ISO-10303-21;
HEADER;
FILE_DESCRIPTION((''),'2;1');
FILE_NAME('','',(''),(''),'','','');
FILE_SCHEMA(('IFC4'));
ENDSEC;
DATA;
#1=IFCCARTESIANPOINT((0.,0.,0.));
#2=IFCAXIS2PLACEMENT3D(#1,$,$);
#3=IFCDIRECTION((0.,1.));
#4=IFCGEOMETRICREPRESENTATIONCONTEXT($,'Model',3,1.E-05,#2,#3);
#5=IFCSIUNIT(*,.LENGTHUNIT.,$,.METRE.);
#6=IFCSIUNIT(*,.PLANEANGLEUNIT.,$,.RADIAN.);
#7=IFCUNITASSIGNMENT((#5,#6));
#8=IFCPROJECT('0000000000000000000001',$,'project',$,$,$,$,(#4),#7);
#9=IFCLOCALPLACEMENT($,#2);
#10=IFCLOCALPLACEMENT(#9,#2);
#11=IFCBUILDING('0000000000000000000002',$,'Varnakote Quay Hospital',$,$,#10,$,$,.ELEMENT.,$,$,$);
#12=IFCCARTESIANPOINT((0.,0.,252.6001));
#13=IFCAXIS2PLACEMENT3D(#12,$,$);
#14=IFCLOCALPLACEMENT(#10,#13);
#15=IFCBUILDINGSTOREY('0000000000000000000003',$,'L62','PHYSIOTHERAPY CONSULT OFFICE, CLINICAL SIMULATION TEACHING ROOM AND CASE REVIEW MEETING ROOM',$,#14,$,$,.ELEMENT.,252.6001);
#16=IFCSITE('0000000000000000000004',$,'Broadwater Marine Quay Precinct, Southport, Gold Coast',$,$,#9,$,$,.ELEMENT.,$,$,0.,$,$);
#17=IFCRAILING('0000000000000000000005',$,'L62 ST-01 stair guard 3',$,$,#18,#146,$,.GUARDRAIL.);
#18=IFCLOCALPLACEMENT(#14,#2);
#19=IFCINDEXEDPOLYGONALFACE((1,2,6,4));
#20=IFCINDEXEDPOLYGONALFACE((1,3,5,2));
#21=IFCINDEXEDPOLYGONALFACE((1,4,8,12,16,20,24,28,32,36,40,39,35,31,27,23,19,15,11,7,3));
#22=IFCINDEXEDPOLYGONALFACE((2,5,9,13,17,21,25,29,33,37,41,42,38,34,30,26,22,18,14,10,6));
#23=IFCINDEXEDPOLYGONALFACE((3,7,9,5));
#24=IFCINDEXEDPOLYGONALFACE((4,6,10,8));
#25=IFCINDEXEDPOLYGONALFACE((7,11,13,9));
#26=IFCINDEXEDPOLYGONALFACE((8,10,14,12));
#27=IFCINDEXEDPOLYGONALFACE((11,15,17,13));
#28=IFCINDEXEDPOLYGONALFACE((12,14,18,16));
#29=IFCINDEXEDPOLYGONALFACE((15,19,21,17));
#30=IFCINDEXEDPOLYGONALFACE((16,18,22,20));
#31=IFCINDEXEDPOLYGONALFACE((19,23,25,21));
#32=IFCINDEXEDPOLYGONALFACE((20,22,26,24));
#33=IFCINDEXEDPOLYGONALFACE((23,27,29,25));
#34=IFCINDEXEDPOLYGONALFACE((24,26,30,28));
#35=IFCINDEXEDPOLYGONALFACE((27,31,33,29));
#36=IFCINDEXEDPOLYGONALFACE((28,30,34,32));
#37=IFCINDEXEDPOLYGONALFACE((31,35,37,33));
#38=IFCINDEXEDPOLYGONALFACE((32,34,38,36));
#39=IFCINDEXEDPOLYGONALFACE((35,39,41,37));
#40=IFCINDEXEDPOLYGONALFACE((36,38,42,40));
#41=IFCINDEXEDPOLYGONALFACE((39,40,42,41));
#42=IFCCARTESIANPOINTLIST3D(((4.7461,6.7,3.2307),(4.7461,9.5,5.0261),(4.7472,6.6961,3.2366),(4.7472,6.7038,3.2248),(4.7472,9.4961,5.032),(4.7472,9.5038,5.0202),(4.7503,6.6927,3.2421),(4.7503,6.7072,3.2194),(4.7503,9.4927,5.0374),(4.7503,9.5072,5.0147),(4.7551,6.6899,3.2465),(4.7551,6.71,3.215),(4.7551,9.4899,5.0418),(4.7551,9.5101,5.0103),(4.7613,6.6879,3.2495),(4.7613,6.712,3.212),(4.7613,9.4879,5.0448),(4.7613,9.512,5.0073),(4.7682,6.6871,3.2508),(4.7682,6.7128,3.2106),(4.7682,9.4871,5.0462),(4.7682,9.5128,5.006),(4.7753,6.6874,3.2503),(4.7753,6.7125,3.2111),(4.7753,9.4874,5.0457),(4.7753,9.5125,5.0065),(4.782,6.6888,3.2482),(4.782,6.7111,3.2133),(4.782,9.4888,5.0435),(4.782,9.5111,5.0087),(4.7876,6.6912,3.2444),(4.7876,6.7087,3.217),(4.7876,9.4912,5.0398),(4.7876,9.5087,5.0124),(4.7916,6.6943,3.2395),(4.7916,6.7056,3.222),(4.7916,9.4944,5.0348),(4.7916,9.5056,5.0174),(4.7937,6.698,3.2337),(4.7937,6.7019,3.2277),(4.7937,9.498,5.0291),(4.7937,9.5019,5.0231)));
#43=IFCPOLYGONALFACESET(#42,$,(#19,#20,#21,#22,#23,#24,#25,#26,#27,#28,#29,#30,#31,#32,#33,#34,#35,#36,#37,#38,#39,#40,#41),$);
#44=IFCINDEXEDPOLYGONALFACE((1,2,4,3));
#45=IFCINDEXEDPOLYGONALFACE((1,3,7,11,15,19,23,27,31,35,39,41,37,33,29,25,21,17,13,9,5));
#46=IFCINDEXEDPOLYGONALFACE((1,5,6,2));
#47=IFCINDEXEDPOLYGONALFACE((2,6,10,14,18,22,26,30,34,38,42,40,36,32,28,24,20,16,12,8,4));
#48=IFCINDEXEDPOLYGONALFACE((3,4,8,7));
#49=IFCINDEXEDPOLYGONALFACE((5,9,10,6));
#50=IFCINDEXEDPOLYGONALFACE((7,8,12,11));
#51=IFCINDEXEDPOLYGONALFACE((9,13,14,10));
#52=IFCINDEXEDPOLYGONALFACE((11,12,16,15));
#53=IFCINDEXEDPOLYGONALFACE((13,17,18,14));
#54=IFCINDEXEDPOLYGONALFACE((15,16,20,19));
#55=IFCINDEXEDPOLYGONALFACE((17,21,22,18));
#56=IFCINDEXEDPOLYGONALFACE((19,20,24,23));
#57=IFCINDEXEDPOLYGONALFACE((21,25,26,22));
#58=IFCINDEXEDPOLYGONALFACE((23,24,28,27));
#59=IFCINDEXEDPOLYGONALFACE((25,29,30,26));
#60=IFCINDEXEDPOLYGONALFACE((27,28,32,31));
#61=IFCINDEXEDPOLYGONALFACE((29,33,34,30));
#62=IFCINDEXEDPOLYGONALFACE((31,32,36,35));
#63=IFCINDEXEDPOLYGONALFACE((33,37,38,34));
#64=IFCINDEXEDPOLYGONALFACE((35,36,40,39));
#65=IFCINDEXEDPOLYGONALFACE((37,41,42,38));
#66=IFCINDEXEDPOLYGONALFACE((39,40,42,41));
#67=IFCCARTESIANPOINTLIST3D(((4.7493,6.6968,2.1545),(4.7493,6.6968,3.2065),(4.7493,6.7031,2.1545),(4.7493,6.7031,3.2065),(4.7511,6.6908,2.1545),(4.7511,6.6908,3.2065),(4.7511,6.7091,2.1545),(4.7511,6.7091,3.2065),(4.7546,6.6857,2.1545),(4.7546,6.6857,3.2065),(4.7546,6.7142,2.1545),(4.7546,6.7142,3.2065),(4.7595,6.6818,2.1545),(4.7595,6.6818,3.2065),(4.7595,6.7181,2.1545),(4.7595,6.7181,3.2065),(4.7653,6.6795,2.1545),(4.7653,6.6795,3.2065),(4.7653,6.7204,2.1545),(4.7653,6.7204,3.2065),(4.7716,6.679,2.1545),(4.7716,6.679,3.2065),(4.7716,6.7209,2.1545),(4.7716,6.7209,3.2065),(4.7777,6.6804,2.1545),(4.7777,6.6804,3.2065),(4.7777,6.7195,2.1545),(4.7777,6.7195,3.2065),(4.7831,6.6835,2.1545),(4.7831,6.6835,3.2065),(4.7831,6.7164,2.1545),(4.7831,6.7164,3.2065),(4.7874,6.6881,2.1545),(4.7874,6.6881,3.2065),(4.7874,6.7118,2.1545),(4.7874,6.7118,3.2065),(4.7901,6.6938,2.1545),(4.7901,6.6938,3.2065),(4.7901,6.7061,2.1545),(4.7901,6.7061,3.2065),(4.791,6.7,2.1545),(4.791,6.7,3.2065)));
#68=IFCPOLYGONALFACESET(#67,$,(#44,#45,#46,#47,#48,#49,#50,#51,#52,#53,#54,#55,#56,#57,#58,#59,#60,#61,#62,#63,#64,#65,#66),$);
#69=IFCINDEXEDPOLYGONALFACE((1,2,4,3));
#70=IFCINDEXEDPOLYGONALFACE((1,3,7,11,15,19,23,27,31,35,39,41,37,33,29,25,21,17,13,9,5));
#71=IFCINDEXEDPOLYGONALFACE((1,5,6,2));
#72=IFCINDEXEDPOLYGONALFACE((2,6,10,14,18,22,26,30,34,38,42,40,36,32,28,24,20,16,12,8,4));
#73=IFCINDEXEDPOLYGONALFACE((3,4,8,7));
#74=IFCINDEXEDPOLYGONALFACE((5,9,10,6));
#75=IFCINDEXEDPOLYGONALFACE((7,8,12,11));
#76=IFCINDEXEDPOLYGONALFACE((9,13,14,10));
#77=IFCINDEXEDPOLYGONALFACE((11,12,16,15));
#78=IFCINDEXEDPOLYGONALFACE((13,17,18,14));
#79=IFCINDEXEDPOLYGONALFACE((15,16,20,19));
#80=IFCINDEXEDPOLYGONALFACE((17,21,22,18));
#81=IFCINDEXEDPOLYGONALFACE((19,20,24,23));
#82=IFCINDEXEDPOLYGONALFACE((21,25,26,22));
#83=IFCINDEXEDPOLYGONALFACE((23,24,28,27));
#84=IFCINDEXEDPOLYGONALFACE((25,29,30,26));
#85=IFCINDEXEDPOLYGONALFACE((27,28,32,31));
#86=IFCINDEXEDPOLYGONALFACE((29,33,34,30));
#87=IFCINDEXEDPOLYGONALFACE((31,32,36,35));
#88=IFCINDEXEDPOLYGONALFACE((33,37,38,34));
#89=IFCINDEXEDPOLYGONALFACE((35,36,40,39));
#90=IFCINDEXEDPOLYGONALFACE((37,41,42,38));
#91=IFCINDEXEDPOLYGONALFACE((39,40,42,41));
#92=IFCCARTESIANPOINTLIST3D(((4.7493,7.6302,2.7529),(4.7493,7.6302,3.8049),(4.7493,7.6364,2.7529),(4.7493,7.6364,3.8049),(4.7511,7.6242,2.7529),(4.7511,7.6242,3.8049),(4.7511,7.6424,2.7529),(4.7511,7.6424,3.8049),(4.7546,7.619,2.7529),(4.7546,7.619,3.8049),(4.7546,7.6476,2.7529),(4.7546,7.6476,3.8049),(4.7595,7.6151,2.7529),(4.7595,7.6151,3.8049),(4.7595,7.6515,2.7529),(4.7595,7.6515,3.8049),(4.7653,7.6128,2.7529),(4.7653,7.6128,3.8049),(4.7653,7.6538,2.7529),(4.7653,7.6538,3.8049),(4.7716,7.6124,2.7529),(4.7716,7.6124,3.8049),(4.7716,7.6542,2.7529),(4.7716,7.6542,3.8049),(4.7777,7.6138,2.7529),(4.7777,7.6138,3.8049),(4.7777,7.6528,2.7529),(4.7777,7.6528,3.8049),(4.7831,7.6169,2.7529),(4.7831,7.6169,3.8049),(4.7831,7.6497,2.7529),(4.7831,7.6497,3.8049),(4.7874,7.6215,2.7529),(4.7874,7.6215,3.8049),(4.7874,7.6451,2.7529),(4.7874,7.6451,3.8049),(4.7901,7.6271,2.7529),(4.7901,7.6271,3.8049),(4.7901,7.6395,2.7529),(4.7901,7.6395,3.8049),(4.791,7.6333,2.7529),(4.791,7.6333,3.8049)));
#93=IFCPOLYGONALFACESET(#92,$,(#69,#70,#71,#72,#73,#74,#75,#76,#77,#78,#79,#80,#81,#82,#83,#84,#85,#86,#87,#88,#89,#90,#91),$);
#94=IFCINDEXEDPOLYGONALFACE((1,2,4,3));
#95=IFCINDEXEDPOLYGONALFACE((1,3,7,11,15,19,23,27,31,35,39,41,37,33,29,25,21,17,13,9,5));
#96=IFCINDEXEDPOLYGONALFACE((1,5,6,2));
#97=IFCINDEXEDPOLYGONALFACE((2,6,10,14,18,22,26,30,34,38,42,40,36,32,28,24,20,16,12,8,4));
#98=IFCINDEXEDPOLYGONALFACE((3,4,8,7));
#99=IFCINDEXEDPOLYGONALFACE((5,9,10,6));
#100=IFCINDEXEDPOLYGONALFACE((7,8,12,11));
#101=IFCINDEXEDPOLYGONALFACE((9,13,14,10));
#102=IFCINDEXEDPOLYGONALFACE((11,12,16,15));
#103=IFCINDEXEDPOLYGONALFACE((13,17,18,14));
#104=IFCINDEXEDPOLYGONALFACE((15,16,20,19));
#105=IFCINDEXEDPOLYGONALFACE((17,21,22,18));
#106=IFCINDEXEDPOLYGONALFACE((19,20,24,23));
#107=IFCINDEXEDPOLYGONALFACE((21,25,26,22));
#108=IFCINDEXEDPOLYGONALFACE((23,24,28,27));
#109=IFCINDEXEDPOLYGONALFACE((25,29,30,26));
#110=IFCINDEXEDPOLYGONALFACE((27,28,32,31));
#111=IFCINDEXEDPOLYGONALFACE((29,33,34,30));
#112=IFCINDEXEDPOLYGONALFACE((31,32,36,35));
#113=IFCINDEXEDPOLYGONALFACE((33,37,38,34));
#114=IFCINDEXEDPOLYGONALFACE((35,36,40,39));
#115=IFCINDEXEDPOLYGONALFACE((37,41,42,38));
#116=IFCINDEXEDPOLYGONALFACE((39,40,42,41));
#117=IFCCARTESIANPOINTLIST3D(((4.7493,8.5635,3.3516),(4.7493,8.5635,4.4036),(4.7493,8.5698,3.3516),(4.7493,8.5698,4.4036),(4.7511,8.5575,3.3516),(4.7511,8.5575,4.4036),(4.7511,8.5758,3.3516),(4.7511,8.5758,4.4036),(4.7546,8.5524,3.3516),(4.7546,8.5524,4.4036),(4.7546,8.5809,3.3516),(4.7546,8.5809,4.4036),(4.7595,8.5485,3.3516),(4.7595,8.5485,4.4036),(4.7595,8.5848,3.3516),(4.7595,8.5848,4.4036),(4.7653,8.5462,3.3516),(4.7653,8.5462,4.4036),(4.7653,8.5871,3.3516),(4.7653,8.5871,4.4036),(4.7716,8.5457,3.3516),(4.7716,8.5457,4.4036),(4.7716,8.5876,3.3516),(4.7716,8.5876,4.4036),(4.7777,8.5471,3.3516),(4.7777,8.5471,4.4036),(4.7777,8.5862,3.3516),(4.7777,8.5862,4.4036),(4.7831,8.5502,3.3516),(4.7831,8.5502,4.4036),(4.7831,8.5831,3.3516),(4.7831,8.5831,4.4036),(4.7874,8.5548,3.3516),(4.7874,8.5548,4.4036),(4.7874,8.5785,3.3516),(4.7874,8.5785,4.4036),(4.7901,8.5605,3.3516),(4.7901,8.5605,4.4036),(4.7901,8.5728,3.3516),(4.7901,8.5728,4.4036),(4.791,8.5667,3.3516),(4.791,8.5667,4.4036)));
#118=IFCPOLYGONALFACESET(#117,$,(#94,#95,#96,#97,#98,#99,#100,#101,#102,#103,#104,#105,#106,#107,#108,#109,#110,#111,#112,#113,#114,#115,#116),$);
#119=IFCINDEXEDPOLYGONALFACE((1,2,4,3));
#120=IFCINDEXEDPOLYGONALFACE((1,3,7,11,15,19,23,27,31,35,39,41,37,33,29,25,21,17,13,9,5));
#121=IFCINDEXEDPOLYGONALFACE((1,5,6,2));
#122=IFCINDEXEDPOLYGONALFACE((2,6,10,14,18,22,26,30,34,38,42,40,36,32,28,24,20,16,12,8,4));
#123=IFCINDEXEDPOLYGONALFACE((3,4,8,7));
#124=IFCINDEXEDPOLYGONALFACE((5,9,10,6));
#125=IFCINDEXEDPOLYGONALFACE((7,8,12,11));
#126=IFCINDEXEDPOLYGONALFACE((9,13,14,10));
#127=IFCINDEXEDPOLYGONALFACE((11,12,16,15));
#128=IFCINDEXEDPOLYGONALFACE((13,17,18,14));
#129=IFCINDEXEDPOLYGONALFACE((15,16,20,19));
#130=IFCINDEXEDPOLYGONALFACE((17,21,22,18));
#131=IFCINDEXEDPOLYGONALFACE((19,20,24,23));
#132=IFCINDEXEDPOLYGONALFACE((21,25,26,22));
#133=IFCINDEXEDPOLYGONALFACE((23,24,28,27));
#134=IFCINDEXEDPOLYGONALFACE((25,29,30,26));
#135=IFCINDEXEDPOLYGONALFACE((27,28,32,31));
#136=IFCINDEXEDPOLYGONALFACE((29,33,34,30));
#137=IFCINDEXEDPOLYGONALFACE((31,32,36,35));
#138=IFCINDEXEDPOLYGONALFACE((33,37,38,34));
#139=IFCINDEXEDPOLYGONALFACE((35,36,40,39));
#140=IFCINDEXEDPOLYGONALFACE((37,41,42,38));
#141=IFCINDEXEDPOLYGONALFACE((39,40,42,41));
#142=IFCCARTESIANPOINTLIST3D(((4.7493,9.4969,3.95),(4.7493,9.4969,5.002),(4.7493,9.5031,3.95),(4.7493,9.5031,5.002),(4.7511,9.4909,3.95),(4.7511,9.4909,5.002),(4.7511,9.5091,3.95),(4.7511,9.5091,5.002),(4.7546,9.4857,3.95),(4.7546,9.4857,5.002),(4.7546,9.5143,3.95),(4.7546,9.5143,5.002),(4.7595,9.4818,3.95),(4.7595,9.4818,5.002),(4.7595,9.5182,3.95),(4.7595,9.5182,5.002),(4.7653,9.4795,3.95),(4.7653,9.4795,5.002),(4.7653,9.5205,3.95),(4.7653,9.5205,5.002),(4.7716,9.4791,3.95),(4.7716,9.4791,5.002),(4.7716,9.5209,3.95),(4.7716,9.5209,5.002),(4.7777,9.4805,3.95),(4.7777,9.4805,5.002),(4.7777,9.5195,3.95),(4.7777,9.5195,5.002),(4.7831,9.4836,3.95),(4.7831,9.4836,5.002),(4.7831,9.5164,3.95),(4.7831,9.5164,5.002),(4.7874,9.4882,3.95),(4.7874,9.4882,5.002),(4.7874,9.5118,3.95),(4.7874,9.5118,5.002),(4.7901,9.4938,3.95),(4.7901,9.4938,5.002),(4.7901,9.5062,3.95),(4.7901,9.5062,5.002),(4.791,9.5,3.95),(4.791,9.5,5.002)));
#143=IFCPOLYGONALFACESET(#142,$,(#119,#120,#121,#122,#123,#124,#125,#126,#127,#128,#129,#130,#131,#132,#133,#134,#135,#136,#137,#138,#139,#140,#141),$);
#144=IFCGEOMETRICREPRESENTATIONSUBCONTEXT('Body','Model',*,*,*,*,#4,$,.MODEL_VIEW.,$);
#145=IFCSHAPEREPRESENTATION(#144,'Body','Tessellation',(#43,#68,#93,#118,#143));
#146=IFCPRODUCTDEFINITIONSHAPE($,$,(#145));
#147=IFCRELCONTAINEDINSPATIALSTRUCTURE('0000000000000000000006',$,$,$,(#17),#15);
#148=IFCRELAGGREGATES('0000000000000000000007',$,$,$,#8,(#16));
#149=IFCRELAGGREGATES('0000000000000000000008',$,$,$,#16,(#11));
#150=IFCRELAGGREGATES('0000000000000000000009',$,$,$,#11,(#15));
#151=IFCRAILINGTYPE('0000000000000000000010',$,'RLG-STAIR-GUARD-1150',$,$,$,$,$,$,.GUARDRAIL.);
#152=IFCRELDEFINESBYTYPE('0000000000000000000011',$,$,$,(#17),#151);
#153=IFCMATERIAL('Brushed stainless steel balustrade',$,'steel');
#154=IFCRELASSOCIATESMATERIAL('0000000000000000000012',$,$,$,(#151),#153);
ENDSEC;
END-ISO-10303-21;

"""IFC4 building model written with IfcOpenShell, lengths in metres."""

from ifc_helpers import new_model, si_unit, direction, frame, origin, origin_2d, place, context, subcontext, project, spatial, circle, extrude, material, type_object, element, save


model = new_model("IFC4")

# Units and contexts
model_context = context("Model", 3, precision=1e-05, world=origin(), true_north=direction((0.0, 1.0)))
body_context = subcontext(model_context, "Body", "Model", "MODEL_VIEW")
ifc_project = project(units=[si_unit("LENGTHUNIT", "METRE"), si_unit("PLANEANGLEUNIT", "RADIAN")], contexts=[model_context])

# Site, building, storey
site_placement = place(None, origin())
site = spatial("IfcSite", under=ifc_project, at=site_placement, Name="Broadwater Marine Quay Precinct, Southport, Gold Coast", CompositionType="ELEMENT", RefElevation=0.0)
building_placement = place(site_placement, origin())
building = spatial("IfcBuilding", under=site, at=building_placement, Name="Varnakote Quay Hospital", CompositionType="ELEMENT")
storey_placement = place(building_placement, frame((0.0, 0.0, 252.6001)))
storey = spatial("IfcBuildingStorey", under=building, at=storey_placement, Name="L62", Description="PHYSIOTHERAPY CONSULT OFFICE, CLINICAL SIMULATION TEACHING ROOM AND CASE REVIEW MEETING ROOM", CompositionType="ELEMENT", Elevation=252.6001)

# Railing
ifc_material_1 = material(Name="Brushed stainless steel balustrade", Category="steel")
railing_type_1 = type_object("IfcRailingType", Name="RLG-STAIR-GUARD-1150", PredefinedType="GUARDRAIL", material=ifc_material_1)
railing_1_placement = place(storey_placement, frame((4.77, 6.7, 2.1545)))
element("IfcRailing", 1, at=railing_1_placement, inside=storey, type_object=railing_type_1, Name="L62 ST-01 stair guard 3", PredefinedType="GUARDRAIL", context=body_context, shape_type="SweptSolid", body=[
    extrude(circle(Radius=0.0239, at=origin_2d()), frame((0.0, 0.0, 1.0762), z_axis=(0.0, 0.84181, 0.539774), x_axis=(-1.0, 0.0, 0.0)), (0.0, 0.0, 1.0), 3.3262),
    extrude(circle(Radius=0.021, at=origin_2d()), origin(), (0.0, 0.0, 1.0), 1.052),
    extrude(circle(Radius=0.021, at=origin_2d()), frame((0.0, 0.9333, 0.5984)), (0.0, 0.0, 1.0), 1.052),
    extrude(circle(Radius=0.021, at=origin_2d()), frame((0.0, 1.8667, 1.197)), (0.0, 0.0, 1.0), 1.052),
    extrude(circle(Radius=0.021, at=origin_2d()), frame((0.0, 2.8, 1.7954)), (0.0, 0.0, 1.0), 1.052),
])

save(model, "model.ifc")
